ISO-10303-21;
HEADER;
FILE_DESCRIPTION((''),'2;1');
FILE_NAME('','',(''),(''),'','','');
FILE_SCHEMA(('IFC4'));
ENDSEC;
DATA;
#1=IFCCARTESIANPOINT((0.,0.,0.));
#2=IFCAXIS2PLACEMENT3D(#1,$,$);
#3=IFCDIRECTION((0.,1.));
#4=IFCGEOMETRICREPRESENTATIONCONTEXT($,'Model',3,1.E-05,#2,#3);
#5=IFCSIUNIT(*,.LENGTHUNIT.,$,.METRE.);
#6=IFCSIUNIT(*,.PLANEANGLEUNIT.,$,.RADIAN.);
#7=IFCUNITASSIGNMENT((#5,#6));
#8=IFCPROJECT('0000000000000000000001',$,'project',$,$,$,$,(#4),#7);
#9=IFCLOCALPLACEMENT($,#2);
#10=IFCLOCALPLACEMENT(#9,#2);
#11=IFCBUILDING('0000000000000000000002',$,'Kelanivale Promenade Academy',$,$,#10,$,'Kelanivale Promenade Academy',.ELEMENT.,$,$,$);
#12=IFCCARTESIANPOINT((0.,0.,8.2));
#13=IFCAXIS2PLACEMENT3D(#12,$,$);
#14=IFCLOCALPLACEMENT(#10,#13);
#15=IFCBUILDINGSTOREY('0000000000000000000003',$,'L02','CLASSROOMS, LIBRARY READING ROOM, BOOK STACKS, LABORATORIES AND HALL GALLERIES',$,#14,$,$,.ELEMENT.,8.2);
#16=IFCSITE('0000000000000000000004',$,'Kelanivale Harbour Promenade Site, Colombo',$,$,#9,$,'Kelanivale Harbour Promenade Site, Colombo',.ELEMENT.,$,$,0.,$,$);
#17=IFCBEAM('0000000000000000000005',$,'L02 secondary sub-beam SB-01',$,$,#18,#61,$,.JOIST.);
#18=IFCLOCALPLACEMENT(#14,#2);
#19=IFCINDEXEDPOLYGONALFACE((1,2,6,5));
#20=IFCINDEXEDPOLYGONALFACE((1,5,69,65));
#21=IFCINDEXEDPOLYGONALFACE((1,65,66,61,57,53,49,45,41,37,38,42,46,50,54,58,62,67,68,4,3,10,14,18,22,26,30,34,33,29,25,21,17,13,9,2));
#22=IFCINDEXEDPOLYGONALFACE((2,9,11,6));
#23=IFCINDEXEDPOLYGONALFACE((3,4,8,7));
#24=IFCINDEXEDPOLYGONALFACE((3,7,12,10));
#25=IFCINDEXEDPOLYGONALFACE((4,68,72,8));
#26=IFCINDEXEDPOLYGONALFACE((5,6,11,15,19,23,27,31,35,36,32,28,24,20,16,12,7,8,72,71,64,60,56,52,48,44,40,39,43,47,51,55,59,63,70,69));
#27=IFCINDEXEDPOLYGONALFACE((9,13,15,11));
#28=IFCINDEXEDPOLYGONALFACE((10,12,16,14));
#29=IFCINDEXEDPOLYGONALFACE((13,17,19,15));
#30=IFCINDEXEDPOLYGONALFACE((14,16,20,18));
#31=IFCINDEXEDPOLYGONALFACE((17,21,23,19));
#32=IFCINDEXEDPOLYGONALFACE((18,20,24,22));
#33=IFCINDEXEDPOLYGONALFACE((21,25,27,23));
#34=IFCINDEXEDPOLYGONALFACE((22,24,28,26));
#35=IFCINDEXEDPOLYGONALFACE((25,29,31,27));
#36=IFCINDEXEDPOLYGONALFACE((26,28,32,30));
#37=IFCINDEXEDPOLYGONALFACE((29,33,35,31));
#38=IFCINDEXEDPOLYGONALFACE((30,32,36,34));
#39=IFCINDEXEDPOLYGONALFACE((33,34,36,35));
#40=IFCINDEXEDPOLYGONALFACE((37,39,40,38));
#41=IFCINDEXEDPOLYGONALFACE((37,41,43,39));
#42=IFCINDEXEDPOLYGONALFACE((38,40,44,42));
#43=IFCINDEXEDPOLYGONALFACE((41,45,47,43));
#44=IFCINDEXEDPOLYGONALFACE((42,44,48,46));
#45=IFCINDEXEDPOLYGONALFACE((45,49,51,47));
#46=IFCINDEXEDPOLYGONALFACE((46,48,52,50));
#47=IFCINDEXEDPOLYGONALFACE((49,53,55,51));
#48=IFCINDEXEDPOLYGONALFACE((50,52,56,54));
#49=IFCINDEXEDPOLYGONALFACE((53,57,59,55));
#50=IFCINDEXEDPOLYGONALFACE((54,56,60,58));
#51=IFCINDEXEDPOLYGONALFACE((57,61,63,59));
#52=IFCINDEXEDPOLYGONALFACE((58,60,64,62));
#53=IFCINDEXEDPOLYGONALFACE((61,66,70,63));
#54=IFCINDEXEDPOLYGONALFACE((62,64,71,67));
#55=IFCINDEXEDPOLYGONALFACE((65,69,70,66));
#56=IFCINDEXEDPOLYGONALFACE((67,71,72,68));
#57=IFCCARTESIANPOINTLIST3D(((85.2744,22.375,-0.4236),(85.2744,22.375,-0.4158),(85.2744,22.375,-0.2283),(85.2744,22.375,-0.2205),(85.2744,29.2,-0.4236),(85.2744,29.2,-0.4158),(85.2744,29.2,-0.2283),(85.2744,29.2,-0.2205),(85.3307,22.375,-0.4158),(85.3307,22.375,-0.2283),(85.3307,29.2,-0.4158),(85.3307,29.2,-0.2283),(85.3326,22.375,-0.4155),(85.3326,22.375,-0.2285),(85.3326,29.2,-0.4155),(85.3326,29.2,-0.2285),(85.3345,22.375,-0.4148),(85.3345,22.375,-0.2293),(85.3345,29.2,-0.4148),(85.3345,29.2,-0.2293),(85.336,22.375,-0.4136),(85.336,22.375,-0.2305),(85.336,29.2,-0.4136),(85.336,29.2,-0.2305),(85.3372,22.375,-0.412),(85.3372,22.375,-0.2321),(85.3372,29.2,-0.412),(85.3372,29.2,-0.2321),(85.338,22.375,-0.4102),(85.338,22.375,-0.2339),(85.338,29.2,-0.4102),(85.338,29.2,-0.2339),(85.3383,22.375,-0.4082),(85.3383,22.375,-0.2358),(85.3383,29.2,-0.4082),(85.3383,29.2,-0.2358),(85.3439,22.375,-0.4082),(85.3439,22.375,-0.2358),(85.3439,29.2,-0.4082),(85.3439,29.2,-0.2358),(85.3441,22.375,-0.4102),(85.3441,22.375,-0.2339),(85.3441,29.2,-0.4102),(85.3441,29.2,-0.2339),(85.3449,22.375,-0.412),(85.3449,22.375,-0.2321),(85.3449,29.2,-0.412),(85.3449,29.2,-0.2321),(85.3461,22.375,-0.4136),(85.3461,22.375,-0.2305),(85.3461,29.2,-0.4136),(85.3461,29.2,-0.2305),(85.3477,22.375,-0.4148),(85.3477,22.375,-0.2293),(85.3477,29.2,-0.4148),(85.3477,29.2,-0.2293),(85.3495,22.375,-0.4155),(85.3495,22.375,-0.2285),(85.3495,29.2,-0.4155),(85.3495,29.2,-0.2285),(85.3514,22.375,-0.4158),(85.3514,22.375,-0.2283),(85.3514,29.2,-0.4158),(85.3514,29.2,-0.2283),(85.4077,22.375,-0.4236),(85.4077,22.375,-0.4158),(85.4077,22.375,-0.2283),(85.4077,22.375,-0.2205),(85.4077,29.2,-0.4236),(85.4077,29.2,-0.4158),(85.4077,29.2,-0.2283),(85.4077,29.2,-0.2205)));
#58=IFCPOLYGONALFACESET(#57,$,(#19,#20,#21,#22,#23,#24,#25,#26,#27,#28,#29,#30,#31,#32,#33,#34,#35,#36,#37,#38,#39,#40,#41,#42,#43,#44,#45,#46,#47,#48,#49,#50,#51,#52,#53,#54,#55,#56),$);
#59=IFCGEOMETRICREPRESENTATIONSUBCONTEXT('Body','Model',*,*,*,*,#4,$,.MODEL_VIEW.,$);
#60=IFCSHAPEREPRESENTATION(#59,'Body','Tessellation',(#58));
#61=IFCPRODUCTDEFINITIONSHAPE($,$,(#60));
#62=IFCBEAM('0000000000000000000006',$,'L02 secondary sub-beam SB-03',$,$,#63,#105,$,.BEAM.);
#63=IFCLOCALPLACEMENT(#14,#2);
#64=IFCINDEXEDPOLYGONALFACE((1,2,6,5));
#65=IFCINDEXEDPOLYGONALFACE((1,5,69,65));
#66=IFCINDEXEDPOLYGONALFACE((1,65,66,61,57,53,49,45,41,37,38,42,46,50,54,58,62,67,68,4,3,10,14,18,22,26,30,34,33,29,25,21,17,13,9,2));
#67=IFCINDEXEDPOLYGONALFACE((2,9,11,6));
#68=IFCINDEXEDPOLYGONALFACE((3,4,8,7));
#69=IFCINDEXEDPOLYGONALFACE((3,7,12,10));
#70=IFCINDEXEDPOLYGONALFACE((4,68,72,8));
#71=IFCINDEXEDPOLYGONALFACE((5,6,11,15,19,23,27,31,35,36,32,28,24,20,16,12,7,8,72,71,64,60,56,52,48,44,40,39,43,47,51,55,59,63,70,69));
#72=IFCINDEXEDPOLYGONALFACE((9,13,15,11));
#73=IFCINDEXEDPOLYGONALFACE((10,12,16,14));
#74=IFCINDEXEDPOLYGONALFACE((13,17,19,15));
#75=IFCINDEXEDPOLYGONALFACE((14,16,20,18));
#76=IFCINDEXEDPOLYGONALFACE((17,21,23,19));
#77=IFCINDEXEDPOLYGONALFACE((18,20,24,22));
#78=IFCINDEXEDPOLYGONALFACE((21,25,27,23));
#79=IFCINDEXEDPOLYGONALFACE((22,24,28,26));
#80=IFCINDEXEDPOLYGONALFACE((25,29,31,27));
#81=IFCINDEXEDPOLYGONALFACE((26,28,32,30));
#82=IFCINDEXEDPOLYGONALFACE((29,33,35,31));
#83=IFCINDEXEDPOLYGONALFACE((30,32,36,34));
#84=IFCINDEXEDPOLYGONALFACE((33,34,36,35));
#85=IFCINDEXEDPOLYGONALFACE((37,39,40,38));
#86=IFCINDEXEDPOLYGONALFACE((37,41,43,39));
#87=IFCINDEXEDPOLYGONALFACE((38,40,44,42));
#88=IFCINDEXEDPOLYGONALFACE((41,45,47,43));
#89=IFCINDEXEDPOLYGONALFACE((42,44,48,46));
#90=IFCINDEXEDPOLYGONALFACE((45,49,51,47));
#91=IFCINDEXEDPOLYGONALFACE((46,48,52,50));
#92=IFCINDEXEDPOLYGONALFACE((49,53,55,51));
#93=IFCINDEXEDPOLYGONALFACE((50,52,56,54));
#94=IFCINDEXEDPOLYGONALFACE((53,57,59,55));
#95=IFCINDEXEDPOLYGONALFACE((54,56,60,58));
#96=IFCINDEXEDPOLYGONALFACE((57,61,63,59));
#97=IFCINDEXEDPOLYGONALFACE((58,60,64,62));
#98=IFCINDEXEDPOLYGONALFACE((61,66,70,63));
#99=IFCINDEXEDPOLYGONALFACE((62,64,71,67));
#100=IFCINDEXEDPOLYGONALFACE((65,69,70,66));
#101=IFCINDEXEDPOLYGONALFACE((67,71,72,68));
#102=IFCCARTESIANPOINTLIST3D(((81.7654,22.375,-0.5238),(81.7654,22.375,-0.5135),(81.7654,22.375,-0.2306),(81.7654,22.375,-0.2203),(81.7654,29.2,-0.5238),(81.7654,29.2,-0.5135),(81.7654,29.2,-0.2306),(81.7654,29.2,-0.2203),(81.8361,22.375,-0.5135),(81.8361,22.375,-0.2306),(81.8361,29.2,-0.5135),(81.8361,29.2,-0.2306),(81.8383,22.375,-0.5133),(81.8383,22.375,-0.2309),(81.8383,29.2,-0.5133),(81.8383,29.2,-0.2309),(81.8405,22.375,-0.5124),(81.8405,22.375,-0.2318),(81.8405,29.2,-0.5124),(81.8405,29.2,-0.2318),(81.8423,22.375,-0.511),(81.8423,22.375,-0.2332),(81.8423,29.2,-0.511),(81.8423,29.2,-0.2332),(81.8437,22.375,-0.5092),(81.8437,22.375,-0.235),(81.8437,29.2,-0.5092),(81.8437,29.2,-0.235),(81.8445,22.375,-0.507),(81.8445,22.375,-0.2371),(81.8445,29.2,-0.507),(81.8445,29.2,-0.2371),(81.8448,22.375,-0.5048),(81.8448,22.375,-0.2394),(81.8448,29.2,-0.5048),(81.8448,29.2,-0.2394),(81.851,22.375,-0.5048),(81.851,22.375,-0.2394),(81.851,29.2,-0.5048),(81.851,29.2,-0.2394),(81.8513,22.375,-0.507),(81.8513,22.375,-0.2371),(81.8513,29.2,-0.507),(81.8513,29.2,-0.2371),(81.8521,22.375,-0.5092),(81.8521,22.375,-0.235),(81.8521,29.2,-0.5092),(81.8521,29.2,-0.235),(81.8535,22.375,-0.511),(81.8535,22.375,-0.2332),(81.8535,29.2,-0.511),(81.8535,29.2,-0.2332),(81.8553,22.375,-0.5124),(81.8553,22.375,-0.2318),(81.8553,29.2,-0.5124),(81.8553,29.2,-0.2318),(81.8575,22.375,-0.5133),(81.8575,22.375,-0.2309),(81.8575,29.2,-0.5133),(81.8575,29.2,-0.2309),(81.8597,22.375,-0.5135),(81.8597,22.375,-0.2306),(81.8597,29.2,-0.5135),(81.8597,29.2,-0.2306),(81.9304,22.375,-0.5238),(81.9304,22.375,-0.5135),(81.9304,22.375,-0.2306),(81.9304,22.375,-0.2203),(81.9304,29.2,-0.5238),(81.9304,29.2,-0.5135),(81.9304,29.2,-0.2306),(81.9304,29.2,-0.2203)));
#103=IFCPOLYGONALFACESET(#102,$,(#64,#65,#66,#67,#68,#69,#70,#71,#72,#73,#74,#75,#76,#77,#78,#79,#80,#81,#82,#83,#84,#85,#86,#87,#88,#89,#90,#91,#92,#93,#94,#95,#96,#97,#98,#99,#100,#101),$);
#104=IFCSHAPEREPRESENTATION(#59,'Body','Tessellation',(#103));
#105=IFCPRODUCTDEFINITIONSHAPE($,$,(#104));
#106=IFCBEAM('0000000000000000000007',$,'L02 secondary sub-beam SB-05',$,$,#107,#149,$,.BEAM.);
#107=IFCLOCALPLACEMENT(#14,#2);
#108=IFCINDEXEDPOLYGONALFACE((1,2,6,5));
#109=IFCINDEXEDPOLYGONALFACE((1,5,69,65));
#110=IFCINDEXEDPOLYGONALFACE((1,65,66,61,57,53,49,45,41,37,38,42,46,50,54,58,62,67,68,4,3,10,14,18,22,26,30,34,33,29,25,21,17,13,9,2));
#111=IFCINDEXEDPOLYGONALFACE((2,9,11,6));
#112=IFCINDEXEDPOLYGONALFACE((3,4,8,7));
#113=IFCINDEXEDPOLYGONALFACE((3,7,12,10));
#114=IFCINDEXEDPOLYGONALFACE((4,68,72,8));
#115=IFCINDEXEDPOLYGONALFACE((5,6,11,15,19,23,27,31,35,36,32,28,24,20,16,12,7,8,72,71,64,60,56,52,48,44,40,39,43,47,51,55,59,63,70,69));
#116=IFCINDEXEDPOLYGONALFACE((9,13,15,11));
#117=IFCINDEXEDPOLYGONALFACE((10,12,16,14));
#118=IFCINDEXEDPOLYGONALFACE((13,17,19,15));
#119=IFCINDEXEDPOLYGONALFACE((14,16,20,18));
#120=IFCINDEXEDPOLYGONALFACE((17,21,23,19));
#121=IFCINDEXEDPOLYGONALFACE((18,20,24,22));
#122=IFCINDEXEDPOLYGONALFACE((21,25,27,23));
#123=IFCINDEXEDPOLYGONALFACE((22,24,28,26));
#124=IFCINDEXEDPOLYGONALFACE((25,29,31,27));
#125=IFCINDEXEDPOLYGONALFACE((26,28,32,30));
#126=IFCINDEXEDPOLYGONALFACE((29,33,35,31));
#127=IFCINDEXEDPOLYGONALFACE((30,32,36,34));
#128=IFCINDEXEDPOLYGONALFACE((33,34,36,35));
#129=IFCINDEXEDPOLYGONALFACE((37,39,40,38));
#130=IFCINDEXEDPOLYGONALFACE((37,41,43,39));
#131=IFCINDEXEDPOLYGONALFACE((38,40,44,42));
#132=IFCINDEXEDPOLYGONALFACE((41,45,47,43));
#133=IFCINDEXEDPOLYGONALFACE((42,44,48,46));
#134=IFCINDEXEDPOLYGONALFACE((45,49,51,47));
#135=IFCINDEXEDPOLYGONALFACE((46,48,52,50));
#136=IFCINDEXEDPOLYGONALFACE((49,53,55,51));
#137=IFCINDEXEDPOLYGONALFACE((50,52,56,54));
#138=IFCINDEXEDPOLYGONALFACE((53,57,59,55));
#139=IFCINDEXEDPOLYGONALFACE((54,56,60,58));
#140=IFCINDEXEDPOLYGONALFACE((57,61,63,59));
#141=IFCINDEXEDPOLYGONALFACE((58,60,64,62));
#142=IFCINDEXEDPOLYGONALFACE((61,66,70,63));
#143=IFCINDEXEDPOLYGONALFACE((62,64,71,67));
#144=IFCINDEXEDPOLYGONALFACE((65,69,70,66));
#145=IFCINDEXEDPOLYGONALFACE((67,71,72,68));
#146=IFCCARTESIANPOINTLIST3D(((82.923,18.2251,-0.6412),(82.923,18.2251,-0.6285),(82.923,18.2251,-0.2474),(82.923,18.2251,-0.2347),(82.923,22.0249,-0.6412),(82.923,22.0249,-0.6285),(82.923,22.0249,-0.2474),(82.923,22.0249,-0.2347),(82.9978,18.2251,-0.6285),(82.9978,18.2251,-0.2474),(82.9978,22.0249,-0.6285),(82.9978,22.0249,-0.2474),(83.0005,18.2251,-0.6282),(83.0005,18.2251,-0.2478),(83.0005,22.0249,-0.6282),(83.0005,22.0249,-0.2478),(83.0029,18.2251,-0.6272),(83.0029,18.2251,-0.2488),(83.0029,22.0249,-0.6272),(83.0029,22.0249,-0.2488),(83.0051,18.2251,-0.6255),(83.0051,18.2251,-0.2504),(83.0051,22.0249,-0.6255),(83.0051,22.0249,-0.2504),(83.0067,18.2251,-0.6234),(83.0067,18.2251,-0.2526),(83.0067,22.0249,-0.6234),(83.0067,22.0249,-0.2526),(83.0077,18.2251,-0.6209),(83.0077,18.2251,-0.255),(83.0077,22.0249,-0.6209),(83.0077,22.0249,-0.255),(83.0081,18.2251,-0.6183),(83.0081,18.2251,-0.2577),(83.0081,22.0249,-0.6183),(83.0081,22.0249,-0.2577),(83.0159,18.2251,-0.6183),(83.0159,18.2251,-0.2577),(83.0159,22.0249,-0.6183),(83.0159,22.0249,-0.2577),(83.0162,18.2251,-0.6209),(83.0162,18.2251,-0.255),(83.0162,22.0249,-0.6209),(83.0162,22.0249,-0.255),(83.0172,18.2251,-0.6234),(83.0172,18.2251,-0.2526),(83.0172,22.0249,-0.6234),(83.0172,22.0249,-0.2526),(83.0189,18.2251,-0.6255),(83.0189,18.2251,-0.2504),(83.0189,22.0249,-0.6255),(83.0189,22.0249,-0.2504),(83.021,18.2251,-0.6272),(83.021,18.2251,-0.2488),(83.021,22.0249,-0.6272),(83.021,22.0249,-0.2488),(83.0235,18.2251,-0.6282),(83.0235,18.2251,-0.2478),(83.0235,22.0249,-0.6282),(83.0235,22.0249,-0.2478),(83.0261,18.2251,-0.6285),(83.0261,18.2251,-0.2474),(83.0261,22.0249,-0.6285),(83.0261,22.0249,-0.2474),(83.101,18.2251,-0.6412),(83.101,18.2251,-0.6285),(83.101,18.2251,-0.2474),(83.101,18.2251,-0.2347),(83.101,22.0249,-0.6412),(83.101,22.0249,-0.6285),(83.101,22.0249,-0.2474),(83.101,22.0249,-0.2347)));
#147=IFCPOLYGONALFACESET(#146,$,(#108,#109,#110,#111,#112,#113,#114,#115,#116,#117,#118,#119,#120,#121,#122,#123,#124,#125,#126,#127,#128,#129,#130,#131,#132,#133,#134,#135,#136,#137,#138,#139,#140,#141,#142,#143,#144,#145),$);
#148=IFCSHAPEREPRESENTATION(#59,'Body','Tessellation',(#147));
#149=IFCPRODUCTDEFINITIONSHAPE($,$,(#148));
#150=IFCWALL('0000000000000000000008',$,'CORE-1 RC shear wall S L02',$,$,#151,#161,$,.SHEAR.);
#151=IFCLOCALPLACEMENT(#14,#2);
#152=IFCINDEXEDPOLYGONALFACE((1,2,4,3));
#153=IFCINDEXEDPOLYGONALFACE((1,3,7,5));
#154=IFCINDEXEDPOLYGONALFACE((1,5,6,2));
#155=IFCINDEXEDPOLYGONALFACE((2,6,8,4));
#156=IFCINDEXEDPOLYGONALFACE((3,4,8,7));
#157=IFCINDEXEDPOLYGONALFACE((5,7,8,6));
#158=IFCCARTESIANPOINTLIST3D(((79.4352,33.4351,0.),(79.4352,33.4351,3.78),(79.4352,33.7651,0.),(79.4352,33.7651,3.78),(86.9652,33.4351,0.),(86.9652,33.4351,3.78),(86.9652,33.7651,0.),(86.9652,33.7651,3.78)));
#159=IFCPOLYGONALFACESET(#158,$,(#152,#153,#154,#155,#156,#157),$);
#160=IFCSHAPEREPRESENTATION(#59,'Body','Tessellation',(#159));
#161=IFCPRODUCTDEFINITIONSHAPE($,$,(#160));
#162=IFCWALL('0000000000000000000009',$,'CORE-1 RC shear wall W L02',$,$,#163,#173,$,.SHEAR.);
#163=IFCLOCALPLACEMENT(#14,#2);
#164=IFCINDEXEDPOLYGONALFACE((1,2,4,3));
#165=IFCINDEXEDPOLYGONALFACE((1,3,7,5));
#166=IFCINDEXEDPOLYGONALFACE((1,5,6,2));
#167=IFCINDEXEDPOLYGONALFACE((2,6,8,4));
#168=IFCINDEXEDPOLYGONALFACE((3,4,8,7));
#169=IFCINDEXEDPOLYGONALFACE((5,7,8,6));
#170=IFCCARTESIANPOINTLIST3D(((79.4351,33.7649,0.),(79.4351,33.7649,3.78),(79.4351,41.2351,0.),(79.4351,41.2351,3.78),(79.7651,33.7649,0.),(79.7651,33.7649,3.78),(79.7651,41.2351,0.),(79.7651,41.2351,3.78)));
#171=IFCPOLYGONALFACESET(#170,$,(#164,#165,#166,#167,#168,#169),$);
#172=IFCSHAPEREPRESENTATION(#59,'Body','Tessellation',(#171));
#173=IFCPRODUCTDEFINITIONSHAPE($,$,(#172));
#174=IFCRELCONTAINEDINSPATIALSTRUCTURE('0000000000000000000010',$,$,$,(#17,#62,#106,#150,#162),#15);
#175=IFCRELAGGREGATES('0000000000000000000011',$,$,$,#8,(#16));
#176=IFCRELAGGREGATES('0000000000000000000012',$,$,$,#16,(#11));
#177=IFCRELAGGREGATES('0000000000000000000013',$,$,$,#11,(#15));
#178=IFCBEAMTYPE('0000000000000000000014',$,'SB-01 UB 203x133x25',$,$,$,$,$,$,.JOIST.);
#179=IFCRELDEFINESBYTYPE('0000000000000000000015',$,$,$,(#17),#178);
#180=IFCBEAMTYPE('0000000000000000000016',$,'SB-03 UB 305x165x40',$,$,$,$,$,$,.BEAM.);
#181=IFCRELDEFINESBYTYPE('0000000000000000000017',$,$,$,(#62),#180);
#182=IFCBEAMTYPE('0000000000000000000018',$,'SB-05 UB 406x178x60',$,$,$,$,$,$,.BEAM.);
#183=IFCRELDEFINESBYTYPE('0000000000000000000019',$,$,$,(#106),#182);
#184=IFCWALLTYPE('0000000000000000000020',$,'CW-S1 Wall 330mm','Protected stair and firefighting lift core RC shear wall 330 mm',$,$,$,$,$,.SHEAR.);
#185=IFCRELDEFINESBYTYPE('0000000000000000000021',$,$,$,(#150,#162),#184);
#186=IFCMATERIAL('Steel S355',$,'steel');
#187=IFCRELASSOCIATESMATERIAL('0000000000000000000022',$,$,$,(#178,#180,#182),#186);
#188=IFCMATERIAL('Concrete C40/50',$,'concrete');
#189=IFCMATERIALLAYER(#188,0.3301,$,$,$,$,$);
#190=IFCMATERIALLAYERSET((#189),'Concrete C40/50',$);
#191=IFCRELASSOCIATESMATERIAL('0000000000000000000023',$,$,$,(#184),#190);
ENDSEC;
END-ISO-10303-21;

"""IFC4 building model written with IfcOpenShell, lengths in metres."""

from ifc_helpers import new_model, si_unit, direction, frame, frame_2d, origin, origin_2d, place, context, subcontext, project, spatial, rectangle, i_section, extrude, material, layer, layer_set, material_profile, profile_set, type_object, element, save


model = new_model("IFC4")

# Units and contexts
model_context = context("Model", 3, precision=1e-05, world=origin(), true_north=direction((0.0, 1.0)))
body_context = subcontext(model_context, "Body", "Model", "MODEL_VIEW")
ifc_project = project(units=[si_unit("LENGTHUNIT", "METRE"), si_unit("PLANEANGLEUNIT", "RADIAN")], contexts=[model_context])

# Site, building, storey
site_placement = place(None, origin())
site = spatial("IfcSite", under=ifc_project, at=site_placement, Name="Kelanivale Harbour Promenade Site, Colombo", LongName="Kelanivale Harbour Promenade Site, Colombo", CompositionType="ELEMENT", RefElevation=0.0)
building_placement = place(site_placement, origin())
building = spatial("IfcBuilding", under=site, at=building_placement, Name="Kelanivale Promenade Academy", LongName="Kelanivale Promenade Academy", CompositionType="ELEMENT")
storey_placement = place(building_placement, frame((0.0, 0.0, 8.2)))
storey = spatial("IfcBuildingStorey", under=building, at=storey_placement, Name="L02", Description="CLASSROOMS, LIBRARY READING ROOM, BOOK STACKS, LABORATORIES AND HALL GALLERIES", CompositionType="ELEMENT", Elevation=8.2)

# Shared definitions
ifc_material_1 = material(Name="Concrete C40/50", Category="concrete")

# Beams
ifc_material_2 = material(Name="Steel S355", Category="steel")
ifc_material_profile_1 = material_profile(ifc_material_2, i_section(OverallWidth=0.1333, OverallDepth=0.2031, WebThickness=0.0056, FlangeThickness=0.0078, FilletRadius=0.0076, at=origin_2d()), Name="UB 203x133x25")
ifc_profile_set_1 = profile_set([ifc_material_profile_1], Name="Steel S355")
beam_type_1 = type_object("IfcBeamType", Name="SB-01 UB 203x133x25", PredefinedType="JOIST", material=ifc_profile_set_1)
beam_1_placement = place(storey_placement, frame((85.3411, 22.375, -0.322), z_axis=(0.0, 1.0, 0.0), x_axis=(-1.0, 0.0, 0.0)))
element("IfcBeam", 1, at=beam_1_placement, inside=storey, type_object=beam_type_1, Name="L02 secondary sub-beam SB-01", PredefinedType="JOIST", context=body_context, shape_type="SweptSolid", body=[
    extrude(i_section(OverallWidth=0.1333, OverallDepth=0.2031, WebThickness=0.0056, FlangeThickness=0.0078, FilletRadius=0.0076, at=origin_2d()), origin(), (0.0, 0.0, 1.0), 6.825),
])
ifc_material_profile_2 = material_profile(ifc_material_2, i_section(OverallWidth=0.165, OverallDepth=0.3035, WebThickness=0.0061, FlangeThickness=0.0103, FilletRadius=0.0088, at=origin_2d()), Name="UB 305x165x40")
ifc_profile_set_2 = profile_set([ifc_material_profile_2], Name="Steel S355")
beam_type_2 = type_object("IfcBeamType", Name="SB-03 UB 305x165x40", PredefinedType="BEAM", material=ifc_profile_set_2)
beam_2_placement = place(storey_placement, frame((81.8479, 22.375, -0.3721), z_axis=(0.0, 1.0, 0.0), x_axis=(-1.0, 0.0, 0.0)))
element("IfcBeam", 2, at=beam_2_placement, inside=storey, type_object=beam_type_2, Name="L02 secondary sub-beam SB-03", PredefinedType="BEAM", context=body_context, shape_type="SweptSolid", body=[
    extrude(i_section(OverallWidth=0.165, OverallDepth=0.3035, WebThickness=0.0061, FlangeThickness=0.0103, FilletRadius=0.0088, at=origin_2d()), origin(), (0.0, 0.0, 1.0), 6.825),
])
ifc_material_profile_3 = material_profile(ifc_material_2, i_section(OverallWidth=0.178, OverallDepth=0.4065, WebThickness=0.0078, FlangeThickness=0.0127, FilletRadius=0.0103, at=origin_2d()), Name="UB 406x178x60")
ifc_profile_set_3 = profile_set([ifc_material_profile_3], Name="Steel S355")
beam_type_3 = type_object("IfcBeamType", Name="SB-05 UB 406x178x60", PredefinedType="BEAM", material=ifc_profile_set_3)
beam_3_placement = place(storey_placement, frame((83.012, 18.2251, -0.438), z_axis=(0.0, 1.0, 0.0), x_axis=(-1.0, 0.0, 0.0)))
element("IfcBeam", 3, at=beam_3_placement, inside=storey, type_object=beam_type_3, Name="L02 secondary sub-beam SB-05", PredefinedType="BEAM", context=body_context, shape_type="SweptSolid", body=[
    extrude(i_section(OverallWidth=0.178, OverallDepth=0.4065, WebThickness=0.0078, FlangeThickness=0.0127, FilletRadius=0.0103, at=origin_2d()), origin(), (0.0, 0.0, 1.0), 3.7998),
])

# Walls
ifc_layer_1 = layer(ifc_material_1, 0.3301)
ifc_layer_set_1 = layer_set([ifc_layer_1], Name="Concrete C40/50")
wall_type_1 = type_object("IfcWallType", Name="CW-S1 Wall 330mm", Description="Protected stair and firefighting lift core RC shear wall 330 mm", PredefinedType="SHEAR", material=ifc_layer_set_1)
wall_1_placement = place(storey_placement, frame((79.4351, 33.6001, 0.0), z_axis=(0.0, 0.0, 1.0), x_axis=(1.0, 0.0, 0.0)))
element("IfcWall", 4, at=wall_1_placement, inside=storey, type_object=wall_type_1, Name="CORE-1 RC shear wall S L02", PredefinedType="SHEAR", context=body_context, shape_type="SweptSolid", body=[
    extrude(rectangle(XDim=7.53, YDim=0.3301, at=frame_2d((3.7651, 0.0))), origin(), (0.0, 0.0, 1.0), 3.78),
])
wall_2_placement = place(storey_placement, frame((79.6001, 33.7649, 0.0), z_axis=(0.0, 0.0, 1.0), x_axis=(0.0, 1.0, 0.0)))
element("IfcWall", 5, at=wall_2_placement, inside=storey, type_object=wall_type_1, Name="CORE-1 RC shear wall W L02", PredefinedType="SHEAR", context=body_context, shape_type="SweptSolid", body=[
    extrude(rectangle(XDim=7.4702, YDim=0.3301, at=frame_2d((3.7351, 0.0))), origin(), (0.0, 0.0, 1.0), 3.78),
])

save(model, "model.ifc")
